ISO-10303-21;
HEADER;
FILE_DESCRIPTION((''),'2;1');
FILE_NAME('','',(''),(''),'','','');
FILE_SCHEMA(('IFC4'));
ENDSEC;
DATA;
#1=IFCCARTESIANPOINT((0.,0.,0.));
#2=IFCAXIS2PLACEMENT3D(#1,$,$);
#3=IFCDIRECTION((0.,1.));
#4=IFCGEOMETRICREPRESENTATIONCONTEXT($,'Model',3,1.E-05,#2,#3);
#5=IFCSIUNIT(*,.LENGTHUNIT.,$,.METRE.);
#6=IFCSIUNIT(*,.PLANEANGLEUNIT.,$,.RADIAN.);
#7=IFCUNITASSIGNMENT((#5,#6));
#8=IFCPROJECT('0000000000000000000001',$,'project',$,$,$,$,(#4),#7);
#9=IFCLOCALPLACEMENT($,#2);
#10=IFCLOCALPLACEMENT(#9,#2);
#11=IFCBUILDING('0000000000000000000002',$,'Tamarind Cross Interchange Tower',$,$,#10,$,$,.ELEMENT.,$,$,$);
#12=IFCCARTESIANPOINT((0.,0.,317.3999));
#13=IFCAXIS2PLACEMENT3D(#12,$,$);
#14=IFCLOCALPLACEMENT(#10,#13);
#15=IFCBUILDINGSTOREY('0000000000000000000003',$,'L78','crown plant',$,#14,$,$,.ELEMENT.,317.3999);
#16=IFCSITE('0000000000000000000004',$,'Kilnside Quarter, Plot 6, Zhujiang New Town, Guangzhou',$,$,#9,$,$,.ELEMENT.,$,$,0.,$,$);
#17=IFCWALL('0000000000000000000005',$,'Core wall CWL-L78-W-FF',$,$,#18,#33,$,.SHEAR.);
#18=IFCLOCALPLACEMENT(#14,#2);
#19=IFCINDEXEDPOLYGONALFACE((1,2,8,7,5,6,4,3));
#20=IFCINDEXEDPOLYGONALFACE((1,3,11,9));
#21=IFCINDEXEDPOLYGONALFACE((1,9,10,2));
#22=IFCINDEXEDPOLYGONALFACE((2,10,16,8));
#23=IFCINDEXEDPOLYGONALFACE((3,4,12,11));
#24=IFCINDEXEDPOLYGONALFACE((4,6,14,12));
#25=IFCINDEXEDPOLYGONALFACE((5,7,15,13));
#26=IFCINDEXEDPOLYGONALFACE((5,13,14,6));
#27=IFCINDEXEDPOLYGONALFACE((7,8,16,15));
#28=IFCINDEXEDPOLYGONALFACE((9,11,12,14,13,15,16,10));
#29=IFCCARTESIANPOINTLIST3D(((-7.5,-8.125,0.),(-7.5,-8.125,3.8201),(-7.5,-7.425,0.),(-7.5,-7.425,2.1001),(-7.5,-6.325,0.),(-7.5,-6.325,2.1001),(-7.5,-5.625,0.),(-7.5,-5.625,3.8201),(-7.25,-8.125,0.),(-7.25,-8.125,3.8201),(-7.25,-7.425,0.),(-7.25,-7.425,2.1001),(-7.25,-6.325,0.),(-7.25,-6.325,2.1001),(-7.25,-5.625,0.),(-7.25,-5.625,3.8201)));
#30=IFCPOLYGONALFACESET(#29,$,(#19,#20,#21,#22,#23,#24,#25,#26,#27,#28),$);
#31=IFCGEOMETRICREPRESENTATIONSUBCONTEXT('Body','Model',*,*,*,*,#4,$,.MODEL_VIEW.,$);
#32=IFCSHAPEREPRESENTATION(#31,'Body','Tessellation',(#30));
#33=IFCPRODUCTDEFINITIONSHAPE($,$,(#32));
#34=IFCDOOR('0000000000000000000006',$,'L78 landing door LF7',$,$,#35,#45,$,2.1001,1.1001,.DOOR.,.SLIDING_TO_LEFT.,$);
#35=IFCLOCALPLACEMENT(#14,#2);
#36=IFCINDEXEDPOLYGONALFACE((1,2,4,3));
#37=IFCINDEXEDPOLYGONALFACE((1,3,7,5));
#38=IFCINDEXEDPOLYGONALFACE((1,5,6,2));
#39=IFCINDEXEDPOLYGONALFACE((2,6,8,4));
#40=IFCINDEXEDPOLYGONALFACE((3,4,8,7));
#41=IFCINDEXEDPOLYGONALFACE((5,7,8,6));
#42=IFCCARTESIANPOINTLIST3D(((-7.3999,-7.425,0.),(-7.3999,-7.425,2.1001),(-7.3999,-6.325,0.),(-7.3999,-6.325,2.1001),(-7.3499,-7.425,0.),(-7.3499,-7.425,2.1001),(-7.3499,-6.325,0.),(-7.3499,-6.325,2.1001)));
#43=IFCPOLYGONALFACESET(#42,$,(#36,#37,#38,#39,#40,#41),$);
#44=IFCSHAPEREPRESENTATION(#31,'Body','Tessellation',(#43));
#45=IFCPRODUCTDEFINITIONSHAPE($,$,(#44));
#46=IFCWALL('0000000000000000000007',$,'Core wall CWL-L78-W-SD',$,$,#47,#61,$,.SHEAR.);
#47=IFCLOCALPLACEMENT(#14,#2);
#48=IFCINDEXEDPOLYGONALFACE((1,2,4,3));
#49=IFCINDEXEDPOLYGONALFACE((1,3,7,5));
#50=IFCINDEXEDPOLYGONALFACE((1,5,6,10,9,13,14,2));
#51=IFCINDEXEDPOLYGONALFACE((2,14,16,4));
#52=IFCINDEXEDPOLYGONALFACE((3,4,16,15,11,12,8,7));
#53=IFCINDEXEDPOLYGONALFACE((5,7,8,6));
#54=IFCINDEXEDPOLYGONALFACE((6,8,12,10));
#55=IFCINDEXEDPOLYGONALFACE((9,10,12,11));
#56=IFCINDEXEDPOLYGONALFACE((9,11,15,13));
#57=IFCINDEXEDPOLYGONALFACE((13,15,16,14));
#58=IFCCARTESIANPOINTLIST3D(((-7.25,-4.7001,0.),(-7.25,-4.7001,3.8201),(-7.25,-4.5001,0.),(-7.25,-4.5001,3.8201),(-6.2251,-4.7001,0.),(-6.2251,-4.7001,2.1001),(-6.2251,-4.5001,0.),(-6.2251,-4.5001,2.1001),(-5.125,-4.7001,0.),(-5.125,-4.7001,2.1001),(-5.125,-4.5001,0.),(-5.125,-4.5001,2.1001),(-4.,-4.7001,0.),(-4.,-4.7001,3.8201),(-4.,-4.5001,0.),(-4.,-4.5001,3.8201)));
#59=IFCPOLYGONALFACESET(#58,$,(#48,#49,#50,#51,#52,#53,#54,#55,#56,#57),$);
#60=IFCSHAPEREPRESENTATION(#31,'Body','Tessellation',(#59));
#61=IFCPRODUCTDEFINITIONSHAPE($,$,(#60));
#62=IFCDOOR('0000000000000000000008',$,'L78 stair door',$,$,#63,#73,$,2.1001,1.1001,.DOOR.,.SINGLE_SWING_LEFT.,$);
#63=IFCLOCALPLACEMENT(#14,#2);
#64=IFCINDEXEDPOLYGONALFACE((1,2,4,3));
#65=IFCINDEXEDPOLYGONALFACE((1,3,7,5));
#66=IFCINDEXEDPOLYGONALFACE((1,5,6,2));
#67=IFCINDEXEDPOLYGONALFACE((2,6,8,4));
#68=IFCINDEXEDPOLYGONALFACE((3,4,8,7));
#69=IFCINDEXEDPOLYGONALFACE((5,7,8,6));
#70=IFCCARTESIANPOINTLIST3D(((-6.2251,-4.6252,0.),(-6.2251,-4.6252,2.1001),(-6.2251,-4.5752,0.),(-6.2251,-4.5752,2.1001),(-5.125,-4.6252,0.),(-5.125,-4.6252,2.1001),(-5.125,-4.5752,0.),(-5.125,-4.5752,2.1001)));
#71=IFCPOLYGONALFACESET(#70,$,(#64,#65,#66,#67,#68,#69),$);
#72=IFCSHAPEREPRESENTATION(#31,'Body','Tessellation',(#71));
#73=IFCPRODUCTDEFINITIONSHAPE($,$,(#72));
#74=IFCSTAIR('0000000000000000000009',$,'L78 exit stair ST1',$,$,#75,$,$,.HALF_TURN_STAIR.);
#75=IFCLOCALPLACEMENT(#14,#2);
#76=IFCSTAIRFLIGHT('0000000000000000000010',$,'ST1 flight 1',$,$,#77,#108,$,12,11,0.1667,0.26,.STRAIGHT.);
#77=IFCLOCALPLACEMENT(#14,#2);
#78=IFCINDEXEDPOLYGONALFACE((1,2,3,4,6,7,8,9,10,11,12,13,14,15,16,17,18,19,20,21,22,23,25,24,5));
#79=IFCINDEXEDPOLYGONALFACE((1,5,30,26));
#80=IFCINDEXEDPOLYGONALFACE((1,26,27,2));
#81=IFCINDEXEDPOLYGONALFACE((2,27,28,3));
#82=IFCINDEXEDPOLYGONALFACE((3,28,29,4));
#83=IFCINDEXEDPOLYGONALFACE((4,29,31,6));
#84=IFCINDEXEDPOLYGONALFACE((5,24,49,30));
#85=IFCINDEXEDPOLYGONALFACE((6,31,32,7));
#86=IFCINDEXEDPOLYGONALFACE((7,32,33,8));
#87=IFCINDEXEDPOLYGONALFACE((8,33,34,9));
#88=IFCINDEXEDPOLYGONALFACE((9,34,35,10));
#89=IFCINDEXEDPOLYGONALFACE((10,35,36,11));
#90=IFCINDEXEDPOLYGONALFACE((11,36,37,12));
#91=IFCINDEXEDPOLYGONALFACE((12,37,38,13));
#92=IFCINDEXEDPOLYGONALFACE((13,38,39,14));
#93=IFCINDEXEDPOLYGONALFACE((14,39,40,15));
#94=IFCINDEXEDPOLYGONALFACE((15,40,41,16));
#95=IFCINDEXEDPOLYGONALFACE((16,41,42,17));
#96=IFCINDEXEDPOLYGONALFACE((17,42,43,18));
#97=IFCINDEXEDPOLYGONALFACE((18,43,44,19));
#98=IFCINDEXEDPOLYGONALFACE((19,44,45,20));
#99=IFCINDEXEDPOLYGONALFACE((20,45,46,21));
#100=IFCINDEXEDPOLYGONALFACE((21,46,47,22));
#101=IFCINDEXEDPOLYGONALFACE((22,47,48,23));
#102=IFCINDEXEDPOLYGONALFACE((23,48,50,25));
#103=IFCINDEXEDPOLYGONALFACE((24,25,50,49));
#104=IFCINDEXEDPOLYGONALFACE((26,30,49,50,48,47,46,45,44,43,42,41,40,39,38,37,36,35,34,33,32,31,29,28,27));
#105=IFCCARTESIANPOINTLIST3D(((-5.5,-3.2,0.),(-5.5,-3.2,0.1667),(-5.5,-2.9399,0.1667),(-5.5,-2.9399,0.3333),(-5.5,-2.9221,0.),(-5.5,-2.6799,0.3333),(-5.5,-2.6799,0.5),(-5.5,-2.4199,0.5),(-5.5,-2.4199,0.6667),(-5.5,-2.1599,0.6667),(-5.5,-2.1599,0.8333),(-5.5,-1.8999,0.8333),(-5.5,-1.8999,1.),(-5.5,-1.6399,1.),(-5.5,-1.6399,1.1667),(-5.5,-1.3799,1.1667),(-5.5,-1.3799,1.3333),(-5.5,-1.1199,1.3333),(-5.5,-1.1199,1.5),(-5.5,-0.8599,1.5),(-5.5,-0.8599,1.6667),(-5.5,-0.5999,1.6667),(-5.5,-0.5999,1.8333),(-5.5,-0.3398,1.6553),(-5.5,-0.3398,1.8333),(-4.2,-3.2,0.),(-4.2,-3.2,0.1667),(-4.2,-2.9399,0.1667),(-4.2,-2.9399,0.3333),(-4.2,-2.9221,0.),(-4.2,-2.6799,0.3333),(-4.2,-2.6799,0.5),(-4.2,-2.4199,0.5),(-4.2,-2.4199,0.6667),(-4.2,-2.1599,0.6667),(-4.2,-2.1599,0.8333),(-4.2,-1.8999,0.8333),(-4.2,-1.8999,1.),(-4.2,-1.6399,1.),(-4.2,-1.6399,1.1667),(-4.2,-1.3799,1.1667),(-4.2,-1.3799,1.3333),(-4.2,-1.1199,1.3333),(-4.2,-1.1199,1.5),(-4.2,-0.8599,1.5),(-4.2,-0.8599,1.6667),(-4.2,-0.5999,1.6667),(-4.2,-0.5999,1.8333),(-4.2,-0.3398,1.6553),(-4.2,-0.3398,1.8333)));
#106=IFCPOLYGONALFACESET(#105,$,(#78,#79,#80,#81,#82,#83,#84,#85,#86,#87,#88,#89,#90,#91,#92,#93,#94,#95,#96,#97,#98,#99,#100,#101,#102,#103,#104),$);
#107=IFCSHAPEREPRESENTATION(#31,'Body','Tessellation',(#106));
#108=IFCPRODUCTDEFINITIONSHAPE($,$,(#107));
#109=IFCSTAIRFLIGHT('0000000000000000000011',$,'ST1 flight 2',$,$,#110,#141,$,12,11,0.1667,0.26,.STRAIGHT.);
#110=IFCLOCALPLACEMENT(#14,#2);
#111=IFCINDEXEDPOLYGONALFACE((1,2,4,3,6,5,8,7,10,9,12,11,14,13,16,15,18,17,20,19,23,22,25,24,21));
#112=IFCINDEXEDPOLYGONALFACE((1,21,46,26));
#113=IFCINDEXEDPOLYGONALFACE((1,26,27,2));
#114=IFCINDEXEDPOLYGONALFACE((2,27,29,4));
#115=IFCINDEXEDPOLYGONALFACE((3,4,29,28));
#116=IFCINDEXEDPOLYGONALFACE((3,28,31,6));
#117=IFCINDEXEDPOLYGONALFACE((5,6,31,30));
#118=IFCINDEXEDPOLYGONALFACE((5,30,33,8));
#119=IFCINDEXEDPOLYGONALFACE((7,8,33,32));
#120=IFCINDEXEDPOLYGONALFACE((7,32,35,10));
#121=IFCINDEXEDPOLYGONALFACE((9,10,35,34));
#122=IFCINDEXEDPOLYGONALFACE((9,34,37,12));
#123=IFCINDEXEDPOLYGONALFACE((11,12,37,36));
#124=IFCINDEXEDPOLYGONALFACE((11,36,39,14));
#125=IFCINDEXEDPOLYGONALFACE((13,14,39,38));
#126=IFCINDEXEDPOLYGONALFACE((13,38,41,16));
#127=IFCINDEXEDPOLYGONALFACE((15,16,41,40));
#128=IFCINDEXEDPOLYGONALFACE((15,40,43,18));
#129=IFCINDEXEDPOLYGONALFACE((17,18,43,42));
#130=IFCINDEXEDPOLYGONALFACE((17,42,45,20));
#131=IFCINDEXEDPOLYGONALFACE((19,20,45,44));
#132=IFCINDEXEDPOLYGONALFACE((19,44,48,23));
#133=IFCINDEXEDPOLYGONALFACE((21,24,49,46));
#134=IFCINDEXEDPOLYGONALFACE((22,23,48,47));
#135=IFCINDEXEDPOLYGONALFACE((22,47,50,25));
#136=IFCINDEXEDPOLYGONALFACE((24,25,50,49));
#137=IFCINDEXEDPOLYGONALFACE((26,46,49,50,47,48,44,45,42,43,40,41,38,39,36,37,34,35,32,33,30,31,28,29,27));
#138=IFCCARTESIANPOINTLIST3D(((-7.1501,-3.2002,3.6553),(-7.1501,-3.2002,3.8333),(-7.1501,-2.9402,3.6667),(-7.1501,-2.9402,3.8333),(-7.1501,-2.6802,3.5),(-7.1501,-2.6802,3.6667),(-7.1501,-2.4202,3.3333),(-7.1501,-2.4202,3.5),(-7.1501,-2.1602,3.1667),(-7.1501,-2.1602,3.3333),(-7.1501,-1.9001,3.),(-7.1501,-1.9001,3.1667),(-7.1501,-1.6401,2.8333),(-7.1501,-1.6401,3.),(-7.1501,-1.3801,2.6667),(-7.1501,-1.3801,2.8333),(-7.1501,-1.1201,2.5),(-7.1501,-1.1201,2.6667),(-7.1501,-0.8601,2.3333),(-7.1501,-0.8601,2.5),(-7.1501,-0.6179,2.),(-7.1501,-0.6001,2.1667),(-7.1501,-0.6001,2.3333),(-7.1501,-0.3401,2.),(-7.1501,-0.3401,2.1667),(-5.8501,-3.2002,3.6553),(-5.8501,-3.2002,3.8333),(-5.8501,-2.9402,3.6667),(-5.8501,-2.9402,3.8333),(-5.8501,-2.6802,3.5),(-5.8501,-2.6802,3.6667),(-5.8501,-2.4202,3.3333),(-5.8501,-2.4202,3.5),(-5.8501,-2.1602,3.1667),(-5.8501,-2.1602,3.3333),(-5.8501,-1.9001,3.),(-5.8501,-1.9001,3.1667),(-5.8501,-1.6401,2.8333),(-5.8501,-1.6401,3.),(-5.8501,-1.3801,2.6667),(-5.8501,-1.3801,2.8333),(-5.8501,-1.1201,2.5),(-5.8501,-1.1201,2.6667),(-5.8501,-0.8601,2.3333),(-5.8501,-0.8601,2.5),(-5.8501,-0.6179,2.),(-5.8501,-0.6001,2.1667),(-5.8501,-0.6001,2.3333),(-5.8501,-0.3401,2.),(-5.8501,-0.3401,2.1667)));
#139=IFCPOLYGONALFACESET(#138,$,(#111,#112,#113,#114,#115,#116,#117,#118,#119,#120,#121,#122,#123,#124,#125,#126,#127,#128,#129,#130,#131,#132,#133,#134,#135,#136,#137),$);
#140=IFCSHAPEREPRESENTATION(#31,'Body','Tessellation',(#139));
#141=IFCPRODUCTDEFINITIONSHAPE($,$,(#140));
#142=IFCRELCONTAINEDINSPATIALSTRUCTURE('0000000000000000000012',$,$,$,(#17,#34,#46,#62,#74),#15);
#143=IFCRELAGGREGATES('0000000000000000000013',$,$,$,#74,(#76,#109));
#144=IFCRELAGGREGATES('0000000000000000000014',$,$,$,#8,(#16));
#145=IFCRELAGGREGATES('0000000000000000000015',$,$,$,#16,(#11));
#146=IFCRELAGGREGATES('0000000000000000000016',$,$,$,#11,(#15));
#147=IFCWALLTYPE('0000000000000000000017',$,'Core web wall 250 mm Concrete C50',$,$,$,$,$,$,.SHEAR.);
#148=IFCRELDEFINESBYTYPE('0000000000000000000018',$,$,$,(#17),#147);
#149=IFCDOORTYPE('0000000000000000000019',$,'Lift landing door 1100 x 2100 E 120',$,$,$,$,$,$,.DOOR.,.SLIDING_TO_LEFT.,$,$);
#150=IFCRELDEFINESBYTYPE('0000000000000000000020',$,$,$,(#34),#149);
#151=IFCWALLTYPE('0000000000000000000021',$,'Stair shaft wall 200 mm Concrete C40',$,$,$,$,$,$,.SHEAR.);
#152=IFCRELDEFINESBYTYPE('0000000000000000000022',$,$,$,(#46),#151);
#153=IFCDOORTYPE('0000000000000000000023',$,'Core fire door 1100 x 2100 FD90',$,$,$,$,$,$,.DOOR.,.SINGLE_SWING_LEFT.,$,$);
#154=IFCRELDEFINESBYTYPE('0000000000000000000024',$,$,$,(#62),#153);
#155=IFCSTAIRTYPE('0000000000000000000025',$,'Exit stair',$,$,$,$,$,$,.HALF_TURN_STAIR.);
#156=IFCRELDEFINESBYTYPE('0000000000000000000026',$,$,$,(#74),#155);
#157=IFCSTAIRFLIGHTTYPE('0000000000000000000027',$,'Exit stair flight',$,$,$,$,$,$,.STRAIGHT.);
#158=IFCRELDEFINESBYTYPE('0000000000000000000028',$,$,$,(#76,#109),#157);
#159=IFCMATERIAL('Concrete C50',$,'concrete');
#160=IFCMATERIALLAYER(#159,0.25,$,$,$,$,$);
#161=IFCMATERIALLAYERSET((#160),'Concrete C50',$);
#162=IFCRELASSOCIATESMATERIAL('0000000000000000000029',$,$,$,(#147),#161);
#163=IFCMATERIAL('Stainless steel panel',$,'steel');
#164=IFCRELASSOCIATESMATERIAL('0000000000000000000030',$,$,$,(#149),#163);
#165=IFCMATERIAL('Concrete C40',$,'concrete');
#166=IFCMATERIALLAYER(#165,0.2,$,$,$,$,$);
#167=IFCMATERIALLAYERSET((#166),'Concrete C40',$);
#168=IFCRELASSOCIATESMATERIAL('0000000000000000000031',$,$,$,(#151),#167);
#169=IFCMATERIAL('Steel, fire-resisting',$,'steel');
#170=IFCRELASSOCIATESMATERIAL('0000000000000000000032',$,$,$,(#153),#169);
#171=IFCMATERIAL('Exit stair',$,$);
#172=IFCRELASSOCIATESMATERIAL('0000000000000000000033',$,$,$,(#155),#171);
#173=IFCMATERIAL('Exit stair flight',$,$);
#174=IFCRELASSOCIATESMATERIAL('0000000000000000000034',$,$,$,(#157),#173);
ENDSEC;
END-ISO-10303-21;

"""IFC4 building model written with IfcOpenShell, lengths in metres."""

from ifc_helpers import new_model, si_unit, direction, frame, frame_2d, origin, place, context, subcontext, project, spatial, polyline, rectangle, outline, extrude, material, layer, layer_set, type_object, element, fill, aggregate, save


model = new_model("IFC4")

# Units and contexts
model_context = context("Model", 3, precision=1e-05, world=origin(), true_north=direction((0.0, 1.0)))
body_context = subcontext(model_context, "Body", "Model", "MODEL_VIEW")
ifc_project = project(units=[si_unit("LENGTHUNIT", "METRE"), si_unit("PLANEANGLEUNIT", "RADIAN")], contexts=[model_context])

# Site, building, storey
site_placement = place(None, origin())
site = spatial("IfcSite", under=ifc_project, at=site_placement, Name="Kilnside Quarter, Plot 6, Zhujiang New Town, Guangzhou", CompositionType="ELEMENT", RefElevation=0.0)
building_placement = place(site_placement, origin())
building = spatial("IfcBuilding", under=site, at=building_placement, Name="Tamarind Cross Interchange Tower", CompositionType="ELEMENT")
storey_placement = place(building_placement, frame((0.0, 0.0, 317.3999)))
storey = spatial("IfcBuildingStorey", under=building, at=storey_placement, Name="L78", Description="crown plant", CompositionType="ELEMENT", Elevation=317.3999)

# Shared definitions
ifc_material_1 = material(Name="Concrete C50", Category="concrete")
ifc_material_2 = material(Name="Steel, fire-resisting", Category="steel")

# Walls, openings, doors
ifc_layer_1 = layer(ifc_material_1, 0.25)
ifc_layer_set_1 = layer_set([ifc_layer_1], Name="Concrete C50")
wall_type_1 = type_object("IfcWallType", Name="Core web wall 250 mm Concrete C50", PredefinedType="SHEAR", material=ifc_layer_set_1)
wall_1_placement = place(storey_placement, frame((-7.375, -8.125, 0.0), z_axis=(0.0, 0.0, 1.0), x_axis=(0.0, 1.0, 0.0)))
wall_1 = element("IfcWall", 1, at=wall_1_placement, inside=storey, type_object=wall_type_1, Name="Core wall CWL-L78-W-FF", PredefinedType="SHEAR", context=body_context, shape_type="SweptSolid", body=[
    extrude(rectangle(XDim=2.5, YDim=0.25, at=frame_2d((1.25, 0.0))), origin(), (0.0, 0.0, 1.0), 3.8201),
])
opening_1_placement = place(wall_1_placement, frame((0.7, 0.0, 0.0)))
opening_1 = element("IfcOpeningElement", 2, at=opening_1_placement, cuts=wall_1, PredefinedType="OPENING", context=body_context, shape_type="SweptSolid", body=[
    extrude(rectangle(XDim=1.1001, YDim=2.1001, at=frame_2d((0.55, 1.05))), frame((0.0, 0.135, 0.0), z_axis=(0.0, -1.0, 0.0), x_axis=(1.0, 0.0, 0.0)), (0.0, 0.0, 1.0), 0.27),
])
ifc_material_3 = material(Name="Stainless steel panel", Category="steel")
door_type_1 = type_object("IfcDoorType", Name="Lift landing door 1100 x 2100 E 120", OperationType="SLIDING_TO_LEFT", PredefinedType="DOOR", material=ifc_material_3)
door_1_placement = place(opening_1_placement, origin())
door_1 = element("IfcDoor", 3, at=door_1_placement, inside=storey, type_object=door_type_1, Name="L78 landing door LF7", OperationType="SLIDING_TO_LEFT", OverallHeight=2.1001, OverallWidth=1.1001, PredefinedType="DOOR", context=body_context, shape_type="SweptSolid", body=[
    extrude(rectangle(XDim=1.1001, YDim=2.1001, at=frame_2d((0.55, 1.05))), frame((0.0, 0.0249, 0.0), z_axis=(0.0, -1.0, 0.0), x_axis=(1.0, 0.0, 0.0)), (0.0, 0.0, 1.0), 0.05),
])
fill(opening_1, door_1)
ifc_material_4 = material(Name="Concrete C40", Category="concrete")
ifc_layer_2 = layer(ifc_material_4, 0.2)
ifc_layer_set_2 = layer_set([ifc_layer_2], Name="Concrete C40")
wall_type_2 = type_object("IfcWallType", Name="Stair shaft wall 200 mm Concrete C40", PredefinedType="SHEAR", material=ifc_layer_set_2)
wall_2_placement = place(storey_placement, frame((-7.25, -4.6001, 0.0), z_axis=(0.0, 0.0, 1.0), x_axis=(1.0, 0.0, 0.0)))
wall_2 = element("IfcWall", 4, at=wall_2_placement, inside=storey, type_object=wall_type_2, Name="Core wall CWL-L78-W-SD", PredefinedType="SHEAR", context=body_context, shape_type="SweptSolid", body=[
    extrude(rectangle(XDim=3.25, YDim=0.2, at=frame_2d((1.625, 0.0))), origin(), (0.0, 0.0, 1.0), 3.8201),
])
opening_2_placement = place(wall_2_placement, frame((1.0249, 0.0, 0.0)))
opening_2 = element("IfcOpeningElement", 5, at=opening_2_placement, cuts=wall_2, PredefinedType="OPENING", context=body_context, shape_type="SweptSolid", body=[
    extrude(rectangle(XDim=1.1001, YDim=2.1001, at=frame_2d((0.55, 1.05))), frame((0.0, 0.1099, 0.0), z_axis=(0.0, -1.0, 0.0), x_axis=(1.0, 0.0, 0.0)), (0.0, 0.0, 1.0), 0.22),
])
door_type_2 = type_object("IfcDoorType", Name="Core fire door 1100 x 2100 FD90", OperationType="SINGLE_SWING_LEFT", PredefinedType="DOOR", material=ifc_material_2)
door_2_placement = place(opening_2_placement, origin())
door_2 = element("IfcDoor", 6, at=door_2_placement, inside=storey, type_object=door_type_2, Name="L78 stair door", OperationType="SINGLE_SWING_LEFT", OverallHeight=2.1001, OverallWidth=1.1001, PredefinedType="DOOR", context=body_context, shape_type="SweptSolid", body=[
    extrude(rectangle(XDim=1.1001, YDim=2.1001, at=frame_2d((0.55, 1.05))), frame((0.0, 0.0249, 0.0), z_axis=(0.0, -1.0, 0.0), x_axis=(1.0, 0.0, 0.0)), (0.0, 0.0, 1.0), 0.05),
])
fill(opening_2, door_2)

# Stair, stair flights
ifc_material_5 = material(Name="Exit stair")
stair_type = type_object("IfcStairType", Name="Exit stair", PredefinedType="HALF_TURN_STAIR", material=ifc_material_5)
stair_placement = place(storey_placement, origin())
stair = element("IfcStair", 7, at=stair_placement, inside=storey, type_object=stair_type, Name="L78 exit stair ST1", PredefinedType="HALF_TURN_STAIR")
ifc_material_6 = material(Name="Exit stair flight")
stair_flight_type = type_object("IfcStairFlightType", Name="Exit stair flight", PredefinedType="STRAIGHT", material=ifc_material_6)
stair_flight_1_placement = place(storey_placement, frame((-4.8501, -3.2, 0.0), z_axis=(0.0, 0.0, 1.0), x_axis=(0.0, 1.0, 0.0)))
stair_flight_1 = element("IfcStairFlight", 8, at=stair_flight_1_placement, type_object=stair_flight_type, Name="ST1 flight 1", NumberOfRisers=12, NumberOfTreads=11, PredefinedType="STRAIGHT", RiserHeight=0.1667, TreadLength=0.26, context=body_context, shape_type="SweptSolid", body=[
    extrude(outline(polyline([(0.0, 0.0), (0.0, 0.1667), (0.26, 0.1667), (0.26, 0.3333), (0.52, 0.3333), (0.52, 0.5), (0.78, 0.5), (0.78, 0.6667), (1.04, 0.6667), (1.04, 0.8333), (1.3, 0.8333), (1.3, 1.0), (1.5601, 1.0), (1.5601, 1.1667), (1.8201, 1.1667), (1.8201, 1.3333), (2.0801, 1.3333), (2.0801, 1.5), (2.3401, 1.5), (2.3401, 1.6667), (2.6001, 1.6667), (2.6001, 1.8333), (2.8601, 1.8333), (2.8601, 2.0), (2.8601, 1.6553), (0.2778, 0.0), (0.0, 0.0)])), frame((0.0, 0.6499, 0.0), z_axis=(0.0, -1.0, 0.0), x_axis=(1.0, 0.0, 0.0)), (0.0, 0.0, 1.0), 1.3),
])
stair_flight_2_placement = place(storey_placement, frame((-6.5, -0.3401, 2.0), z_axis=(0.0, 0.0, 1.0), x_axis=(0.0, -1.0, 0.0)))
stair_flight_2 = element("IfcStairFlight", 9, at=stair_flight_2_placement, type_object=stair_flight_type, Name="ST1 flight 2", NumberOfRisers=12, NumberOfTreads=11, PredefinedType="STRAIGHT", RiserHeight=0.1667, TreadLength=0.26, context=body_context, shape_type="SweptSolid", body=[
    extrude(outline(polyline([(0.0, 0.0), (0.0, 0.1667), (0.26, 0.1667), (0.26, 0.3333), (0.52, 0.3333), (0.52, 0.5), (0.78, 0.5), (0.78, 0.6667), (1.04, 0.6667), (1.04, 0.8333), (1.3, 0.8333), (1.3, 1.0), (1.5601, 1.0), (1.5601, 1.1667), (1.8201, 1.1667), (1.8201, 1.3333), (2.0801, 1.3333), (2.0801, 1.5), (2.3401, 1.5), (2.3401, 1.6667), (2.6001, 1.6667), (2.6001, 1.8333), (2.8601, 1.8333), (2.8601, 2.0), (2.8601, 1.6553), (0.2778, 0.0), (0.0, 0.0)])), frame((0.0, 0.6499, 0.0), z_axis=(0.0, -1.0, 0.0), x_axis=(1.0, 0.0, 0.0)), (0.0, 0.0, 1.0), 1.3),
])
aggregate(stair, [stair_flight_1, stair_flight_2])

save(model, "model.ifc")
